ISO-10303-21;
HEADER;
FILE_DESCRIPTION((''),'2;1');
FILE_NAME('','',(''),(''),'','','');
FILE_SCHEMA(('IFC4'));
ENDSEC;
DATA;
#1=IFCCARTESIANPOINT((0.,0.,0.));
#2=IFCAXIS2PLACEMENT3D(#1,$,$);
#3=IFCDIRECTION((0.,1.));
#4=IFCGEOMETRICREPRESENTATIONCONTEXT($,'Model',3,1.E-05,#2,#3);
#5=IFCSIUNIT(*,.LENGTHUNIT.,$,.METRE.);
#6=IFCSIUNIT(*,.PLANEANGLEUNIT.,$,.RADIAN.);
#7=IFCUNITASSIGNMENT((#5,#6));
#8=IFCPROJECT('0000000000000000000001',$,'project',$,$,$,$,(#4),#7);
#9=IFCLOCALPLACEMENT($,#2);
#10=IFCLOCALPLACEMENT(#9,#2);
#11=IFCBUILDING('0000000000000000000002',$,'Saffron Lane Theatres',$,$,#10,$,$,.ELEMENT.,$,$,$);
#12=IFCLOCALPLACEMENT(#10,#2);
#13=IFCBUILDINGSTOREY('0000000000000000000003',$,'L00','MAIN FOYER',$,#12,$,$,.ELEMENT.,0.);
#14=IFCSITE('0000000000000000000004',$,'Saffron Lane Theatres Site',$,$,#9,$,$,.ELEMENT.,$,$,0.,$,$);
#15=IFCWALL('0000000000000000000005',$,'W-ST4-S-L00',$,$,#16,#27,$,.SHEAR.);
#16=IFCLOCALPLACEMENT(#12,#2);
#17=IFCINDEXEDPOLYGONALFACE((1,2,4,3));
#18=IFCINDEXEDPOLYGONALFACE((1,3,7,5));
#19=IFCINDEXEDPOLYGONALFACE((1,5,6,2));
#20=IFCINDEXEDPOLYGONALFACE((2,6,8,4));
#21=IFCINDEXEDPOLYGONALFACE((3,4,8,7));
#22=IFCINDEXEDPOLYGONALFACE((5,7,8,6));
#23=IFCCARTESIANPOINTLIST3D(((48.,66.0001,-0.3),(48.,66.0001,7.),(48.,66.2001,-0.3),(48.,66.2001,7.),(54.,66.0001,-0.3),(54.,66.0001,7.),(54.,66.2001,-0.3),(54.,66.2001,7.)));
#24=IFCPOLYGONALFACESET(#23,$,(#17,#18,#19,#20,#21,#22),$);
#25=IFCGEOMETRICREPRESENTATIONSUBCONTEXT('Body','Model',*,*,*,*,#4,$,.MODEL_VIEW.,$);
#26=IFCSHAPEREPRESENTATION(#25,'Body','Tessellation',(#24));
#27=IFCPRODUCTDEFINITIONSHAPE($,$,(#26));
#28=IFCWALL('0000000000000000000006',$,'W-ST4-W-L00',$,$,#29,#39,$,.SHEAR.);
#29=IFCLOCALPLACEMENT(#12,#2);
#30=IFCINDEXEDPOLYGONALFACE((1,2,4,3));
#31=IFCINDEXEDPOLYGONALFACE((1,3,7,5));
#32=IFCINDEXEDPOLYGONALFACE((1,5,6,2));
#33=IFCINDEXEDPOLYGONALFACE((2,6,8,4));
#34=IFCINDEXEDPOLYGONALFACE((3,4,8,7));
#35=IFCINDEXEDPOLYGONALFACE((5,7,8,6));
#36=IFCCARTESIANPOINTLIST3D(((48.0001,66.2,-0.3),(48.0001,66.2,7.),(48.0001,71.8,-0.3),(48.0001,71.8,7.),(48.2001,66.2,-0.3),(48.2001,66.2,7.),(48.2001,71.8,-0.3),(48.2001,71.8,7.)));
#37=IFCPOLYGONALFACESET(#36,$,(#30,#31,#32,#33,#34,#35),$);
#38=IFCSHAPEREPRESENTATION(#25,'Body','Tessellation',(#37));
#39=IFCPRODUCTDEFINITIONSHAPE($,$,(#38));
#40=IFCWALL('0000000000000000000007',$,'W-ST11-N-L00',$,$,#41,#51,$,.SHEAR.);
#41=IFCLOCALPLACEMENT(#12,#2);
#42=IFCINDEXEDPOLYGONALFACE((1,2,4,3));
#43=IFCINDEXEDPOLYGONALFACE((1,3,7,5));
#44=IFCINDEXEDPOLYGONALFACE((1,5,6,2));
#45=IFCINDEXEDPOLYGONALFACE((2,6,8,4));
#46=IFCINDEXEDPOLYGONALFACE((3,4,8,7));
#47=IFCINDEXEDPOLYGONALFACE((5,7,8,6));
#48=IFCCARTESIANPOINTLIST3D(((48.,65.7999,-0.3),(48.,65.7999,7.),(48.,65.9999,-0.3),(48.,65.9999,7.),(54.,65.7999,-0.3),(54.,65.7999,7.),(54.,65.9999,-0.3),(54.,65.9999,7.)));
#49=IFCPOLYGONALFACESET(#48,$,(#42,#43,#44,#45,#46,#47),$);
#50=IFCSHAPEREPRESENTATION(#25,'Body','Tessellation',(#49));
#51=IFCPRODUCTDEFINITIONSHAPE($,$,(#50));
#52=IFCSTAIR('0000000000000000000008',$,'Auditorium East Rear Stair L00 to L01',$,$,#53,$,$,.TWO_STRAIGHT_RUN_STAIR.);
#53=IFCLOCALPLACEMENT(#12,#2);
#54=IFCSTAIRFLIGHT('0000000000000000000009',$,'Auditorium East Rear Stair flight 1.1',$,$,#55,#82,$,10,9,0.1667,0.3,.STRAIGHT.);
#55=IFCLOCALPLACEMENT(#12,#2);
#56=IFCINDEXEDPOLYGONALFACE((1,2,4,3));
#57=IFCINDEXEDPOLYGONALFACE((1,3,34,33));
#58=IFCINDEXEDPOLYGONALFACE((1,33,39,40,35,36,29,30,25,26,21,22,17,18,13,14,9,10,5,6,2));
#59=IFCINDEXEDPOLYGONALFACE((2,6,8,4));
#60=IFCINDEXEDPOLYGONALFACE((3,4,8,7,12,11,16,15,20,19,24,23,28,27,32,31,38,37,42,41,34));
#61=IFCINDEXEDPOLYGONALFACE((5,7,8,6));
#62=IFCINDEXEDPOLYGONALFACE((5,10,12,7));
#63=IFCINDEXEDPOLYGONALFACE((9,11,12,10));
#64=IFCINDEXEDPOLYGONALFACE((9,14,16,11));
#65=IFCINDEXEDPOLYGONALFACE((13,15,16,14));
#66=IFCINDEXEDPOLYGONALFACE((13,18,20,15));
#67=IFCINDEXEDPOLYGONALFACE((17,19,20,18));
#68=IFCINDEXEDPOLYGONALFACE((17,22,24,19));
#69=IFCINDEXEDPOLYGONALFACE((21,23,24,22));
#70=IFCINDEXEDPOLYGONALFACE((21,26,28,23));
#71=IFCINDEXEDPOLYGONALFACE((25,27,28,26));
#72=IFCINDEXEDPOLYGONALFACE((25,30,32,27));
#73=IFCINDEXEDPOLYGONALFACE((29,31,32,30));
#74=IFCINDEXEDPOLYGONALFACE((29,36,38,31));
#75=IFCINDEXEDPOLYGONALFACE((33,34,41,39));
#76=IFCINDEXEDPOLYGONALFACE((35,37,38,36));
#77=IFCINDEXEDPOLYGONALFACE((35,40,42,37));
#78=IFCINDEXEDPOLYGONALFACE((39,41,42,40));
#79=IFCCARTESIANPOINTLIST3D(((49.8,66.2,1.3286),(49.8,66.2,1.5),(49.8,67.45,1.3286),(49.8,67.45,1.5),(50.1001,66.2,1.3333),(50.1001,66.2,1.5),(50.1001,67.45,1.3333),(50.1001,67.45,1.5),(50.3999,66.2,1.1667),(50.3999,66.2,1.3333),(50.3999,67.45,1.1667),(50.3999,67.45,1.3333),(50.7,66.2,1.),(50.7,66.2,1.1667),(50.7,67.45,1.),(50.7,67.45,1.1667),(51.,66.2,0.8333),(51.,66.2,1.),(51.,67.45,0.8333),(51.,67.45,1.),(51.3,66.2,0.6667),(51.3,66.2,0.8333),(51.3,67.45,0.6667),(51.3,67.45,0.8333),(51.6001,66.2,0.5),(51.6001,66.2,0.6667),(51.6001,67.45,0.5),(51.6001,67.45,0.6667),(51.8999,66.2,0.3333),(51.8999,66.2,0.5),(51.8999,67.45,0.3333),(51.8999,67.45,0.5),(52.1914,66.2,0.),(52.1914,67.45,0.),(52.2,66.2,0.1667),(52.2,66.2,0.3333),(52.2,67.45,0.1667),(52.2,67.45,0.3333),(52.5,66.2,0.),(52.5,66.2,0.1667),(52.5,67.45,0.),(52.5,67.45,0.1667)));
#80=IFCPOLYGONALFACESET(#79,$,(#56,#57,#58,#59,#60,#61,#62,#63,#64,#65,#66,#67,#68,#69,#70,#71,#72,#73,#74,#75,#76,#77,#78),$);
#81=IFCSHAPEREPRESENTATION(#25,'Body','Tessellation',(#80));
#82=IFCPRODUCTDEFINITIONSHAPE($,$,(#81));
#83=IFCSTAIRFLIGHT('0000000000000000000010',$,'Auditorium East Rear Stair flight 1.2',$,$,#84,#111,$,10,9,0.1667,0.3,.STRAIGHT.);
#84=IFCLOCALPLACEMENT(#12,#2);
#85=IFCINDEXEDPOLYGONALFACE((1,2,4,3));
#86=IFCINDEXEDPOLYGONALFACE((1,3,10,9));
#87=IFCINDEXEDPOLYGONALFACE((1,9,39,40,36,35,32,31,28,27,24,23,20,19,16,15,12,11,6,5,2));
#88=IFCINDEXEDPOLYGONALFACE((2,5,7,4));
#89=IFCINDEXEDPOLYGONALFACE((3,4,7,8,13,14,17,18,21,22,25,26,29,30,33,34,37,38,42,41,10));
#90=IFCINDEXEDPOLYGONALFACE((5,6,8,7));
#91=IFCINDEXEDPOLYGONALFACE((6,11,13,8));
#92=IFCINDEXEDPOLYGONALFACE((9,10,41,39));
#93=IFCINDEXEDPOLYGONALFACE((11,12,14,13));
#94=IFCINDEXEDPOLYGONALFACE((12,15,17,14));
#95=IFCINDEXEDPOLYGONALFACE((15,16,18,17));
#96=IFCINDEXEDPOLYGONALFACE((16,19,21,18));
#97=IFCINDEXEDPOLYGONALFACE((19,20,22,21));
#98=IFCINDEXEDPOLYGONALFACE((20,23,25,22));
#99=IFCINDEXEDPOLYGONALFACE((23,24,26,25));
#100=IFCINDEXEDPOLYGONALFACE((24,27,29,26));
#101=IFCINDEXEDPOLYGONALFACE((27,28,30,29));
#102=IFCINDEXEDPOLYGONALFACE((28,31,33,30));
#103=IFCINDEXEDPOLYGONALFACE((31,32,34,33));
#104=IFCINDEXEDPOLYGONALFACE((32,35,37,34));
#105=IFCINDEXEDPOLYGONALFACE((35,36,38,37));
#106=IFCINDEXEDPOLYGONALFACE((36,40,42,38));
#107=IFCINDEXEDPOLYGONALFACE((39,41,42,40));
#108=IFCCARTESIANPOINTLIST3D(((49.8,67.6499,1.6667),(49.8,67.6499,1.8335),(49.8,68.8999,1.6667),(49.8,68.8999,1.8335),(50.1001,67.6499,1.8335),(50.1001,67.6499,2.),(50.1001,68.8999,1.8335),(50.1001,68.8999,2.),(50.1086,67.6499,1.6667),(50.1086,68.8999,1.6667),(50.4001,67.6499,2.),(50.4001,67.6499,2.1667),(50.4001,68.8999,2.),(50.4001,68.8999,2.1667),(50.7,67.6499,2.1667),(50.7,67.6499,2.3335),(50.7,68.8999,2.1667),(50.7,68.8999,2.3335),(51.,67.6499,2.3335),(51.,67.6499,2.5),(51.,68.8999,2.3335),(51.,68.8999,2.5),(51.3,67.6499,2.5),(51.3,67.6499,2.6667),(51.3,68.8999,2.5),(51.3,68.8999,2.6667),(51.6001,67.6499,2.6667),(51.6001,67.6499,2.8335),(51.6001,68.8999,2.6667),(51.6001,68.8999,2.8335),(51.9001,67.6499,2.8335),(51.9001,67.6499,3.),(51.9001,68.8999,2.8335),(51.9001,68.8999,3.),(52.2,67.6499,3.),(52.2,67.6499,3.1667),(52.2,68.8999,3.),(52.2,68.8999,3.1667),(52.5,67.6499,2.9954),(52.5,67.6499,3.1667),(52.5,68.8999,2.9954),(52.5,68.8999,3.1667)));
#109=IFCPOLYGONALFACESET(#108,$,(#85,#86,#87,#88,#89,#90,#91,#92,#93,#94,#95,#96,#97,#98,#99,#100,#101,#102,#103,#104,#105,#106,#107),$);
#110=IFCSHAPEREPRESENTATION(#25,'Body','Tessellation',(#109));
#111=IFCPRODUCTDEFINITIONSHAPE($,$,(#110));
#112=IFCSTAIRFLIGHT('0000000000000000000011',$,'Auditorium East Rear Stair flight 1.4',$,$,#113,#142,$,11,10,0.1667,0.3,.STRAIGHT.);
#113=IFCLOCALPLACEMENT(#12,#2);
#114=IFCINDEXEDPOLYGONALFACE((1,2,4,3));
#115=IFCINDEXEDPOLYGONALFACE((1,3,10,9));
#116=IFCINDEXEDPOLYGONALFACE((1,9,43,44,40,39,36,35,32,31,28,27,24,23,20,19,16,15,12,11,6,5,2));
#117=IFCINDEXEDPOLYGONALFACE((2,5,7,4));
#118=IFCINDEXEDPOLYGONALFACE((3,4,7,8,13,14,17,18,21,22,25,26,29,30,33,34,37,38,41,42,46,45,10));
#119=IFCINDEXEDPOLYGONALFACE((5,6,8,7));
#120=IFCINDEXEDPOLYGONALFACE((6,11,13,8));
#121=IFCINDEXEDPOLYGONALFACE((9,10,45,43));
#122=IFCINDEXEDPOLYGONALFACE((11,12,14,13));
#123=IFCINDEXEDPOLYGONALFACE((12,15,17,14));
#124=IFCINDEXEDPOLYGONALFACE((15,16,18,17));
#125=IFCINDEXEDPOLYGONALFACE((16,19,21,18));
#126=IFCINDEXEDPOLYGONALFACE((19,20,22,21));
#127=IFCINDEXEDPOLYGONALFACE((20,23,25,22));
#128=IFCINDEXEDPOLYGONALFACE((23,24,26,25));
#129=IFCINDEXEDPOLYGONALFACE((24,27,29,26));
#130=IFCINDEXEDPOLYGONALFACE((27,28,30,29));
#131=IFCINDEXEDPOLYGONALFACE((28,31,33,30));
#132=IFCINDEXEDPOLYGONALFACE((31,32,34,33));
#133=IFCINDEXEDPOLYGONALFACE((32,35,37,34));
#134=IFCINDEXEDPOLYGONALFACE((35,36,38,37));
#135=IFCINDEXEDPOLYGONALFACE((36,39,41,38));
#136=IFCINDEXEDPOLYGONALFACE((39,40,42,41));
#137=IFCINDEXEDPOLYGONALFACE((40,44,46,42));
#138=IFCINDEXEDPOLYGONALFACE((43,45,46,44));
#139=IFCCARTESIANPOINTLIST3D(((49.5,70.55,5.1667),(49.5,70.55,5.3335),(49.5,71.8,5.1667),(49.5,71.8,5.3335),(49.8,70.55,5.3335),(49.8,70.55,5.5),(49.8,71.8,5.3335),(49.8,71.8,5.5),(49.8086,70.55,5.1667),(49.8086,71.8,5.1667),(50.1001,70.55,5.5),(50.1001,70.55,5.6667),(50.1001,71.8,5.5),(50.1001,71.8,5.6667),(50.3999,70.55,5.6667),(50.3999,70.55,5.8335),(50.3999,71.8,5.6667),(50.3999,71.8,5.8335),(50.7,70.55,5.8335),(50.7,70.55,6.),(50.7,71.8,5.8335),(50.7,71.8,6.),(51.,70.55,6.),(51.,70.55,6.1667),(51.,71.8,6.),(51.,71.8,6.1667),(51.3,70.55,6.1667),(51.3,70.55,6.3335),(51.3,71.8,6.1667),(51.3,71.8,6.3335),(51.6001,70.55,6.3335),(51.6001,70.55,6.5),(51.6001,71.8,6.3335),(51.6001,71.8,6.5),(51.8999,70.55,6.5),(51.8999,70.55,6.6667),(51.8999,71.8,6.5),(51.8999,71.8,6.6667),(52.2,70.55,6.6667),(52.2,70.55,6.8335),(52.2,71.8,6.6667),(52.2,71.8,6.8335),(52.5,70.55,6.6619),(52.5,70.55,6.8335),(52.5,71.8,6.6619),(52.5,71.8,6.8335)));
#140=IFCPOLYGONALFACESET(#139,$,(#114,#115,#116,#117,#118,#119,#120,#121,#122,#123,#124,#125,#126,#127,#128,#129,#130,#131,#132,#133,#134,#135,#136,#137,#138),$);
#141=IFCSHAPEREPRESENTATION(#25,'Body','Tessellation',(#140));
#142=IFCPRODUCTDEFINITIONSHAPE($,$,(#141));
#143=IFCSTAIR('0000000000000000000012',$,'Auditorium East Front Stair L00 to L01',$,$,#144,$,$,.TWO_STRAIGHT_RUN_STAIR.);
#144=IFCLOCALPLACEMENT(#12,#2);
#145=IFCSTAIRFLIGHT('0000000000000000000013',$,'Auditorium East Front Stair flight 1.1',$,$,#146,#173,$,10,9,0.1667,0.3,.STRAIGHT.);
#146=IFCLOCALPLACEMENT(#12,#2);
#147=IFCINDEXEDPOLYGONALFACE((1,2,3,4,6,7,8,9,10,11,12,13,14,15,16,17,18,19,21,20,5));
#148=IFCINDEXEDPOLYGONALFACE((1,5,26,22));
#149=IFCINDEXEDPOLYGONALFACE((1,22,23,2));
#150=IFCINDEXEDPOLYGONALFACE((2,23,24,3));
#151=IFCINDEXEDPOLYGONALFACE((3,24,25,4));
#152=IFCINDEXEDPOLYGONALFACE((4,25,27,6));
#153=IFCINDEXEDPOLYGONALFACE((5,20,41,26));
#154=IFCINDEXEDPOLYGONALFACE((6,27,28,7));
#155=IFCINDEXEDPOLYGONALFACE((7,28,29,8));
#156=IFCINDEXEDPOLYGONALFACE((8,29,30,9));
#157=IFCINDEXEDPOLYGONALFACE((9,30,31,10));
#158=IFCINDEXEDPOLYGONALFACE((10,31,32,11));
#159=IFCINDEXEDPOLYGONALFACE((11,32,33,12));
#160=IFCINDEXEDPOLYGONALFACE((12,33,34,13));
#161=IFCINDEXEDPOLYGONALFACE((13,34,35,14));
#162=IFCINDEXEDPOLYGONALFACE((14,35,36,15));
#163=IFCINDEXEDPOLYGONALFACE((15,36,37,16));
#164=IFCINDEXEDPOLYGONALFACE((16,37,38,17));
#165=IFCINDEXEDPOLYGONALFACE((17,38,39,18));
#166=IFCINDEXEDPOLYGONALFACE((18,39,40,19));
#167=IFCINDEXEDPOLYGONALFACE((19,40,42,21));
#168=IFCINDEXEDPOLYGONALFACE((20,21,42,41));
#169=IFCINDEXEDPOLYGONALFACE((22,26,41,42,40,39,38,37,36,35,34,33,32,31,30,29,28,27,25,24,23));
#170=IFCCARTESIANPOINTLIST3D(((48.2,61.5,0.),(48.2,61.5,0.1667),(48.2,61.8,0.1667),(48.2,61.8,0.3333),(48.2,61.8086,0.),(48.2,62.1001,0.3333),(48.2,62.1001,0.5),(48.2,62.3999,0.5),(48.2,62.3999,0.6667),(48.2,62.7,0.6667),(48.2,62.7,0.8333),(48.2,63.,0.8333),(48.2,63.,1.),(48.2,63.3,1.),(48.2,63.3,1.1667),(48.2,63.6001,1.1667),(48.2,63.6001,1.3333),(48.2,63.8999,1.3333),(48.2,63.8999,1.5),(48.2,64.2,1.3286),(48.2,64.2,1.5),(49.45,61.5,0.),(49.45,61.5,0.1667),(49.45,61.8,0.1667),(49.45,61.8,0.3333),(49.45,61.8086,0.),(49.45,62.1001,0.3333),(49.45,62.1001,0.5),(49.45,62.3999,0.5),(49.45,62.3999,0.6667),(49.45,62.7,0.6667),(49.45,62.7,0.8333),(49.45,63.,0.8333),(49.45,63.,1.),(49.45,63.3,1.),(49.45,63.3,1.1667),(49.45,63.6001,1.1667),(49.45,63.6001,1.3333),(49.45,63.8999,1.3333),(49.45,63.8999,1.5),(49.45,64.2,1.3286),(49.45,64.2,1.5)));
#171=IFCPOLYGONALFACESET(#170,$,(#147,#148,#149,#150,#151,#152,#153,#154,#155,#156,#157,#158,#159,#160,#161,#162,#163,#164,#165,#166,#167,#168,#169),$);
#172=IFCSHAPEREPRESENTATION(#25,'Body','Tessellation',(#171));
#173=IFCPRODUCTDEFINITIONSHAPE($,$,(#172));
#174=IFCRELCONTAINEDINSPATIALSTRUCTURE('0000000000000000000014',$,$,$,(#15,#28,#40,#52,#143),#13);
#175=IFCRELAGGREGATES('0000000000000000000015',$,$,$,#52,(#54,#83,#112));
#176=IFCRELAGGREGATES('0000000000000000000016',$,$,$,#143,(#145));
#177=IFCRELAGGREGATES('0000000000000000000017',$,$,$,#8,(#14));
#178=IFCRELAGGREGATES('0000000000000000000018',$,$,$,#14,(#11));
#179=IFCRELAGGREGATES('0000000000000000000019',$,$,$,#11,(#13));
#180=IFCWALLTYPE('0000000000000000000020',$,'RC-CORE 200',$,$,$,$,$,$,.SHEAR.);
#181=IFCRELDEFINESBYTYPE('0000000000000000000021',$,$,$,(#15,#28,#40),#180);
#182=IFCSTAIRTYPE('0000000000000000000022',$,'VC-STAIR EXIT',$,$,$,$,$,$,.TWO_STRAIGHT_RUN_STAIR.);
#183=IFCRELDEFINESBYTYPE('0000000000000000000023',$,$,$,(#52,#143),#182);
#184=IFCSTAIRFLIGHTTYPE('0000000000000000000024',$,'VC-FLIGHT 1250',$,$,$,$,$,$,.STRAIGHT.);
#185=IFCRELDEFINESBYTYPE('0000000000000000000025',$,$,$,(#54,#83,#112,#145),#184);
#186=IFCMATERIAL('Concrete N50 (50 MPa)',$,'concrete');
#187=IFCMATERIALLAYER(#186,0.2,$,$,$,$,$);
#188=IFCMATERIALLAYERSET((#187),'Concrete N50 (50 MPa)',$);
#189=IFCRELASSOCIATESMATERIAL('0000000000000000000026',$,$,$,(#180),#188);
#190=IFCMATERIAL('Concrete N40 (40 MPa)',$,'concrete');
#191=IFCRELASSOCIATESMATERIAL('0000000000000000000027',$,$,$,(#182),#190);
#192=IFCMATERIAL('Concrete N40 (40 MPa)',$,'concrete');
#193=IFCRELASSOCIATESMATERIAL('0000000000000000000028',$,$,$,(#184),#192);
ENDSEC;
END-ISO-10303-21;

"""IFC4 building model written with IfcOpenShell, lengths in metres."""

from ifc_helpers import new_model, si_unit, direction, frame, frame_2d, origin, place, context, subcontext, project, spatial, polyline, rectangle, outline, extrude, material, layer, layer_set, type_object, element, aggregate, save


model = new_model("IFC4")

# Units and contexts
model_context = context("Model", 3, precision=1e-05, world=origin(), true_north=direction((0.0, 1.0)))
body_context = subcontext(model_context, "Body", "Model", "MODEL_VIEW")
ifc_project = project(units=[si_unit("LENGTHUNIT", "METRE"), si_unit("PLANEANGLEUNIT", "RADIAN")], contexts=[model_context])

# Site, building, storey
site_placement = place(None, origin())
site = spatial("IfcSite", under=ifc_project, at=site_placement, Name="Saffron Lane Theatres Site", CompositionType="ELEMENT", RefElevation=0.0)
building_placement = place(site_placement, origin())
building = spatial("IfcBuilding", under=site, at=building_placement, Name="Saffron Lane Theatres", CompositionType="ELEMENT")
storey_placement = place(building_placement, origin())
storey = spatial("IfcBuildingStorey", under=building, at=storey_placement, Name="L00", Description="MAIN FOYER", CompositionType="ELEMENT", Elevation=0.0)

# Shared definitions
ifc_material_1 = material(Name="Concrete N50 (50 MPa)", Category="concrete")
ifc_layer = layer(ifc_material_1, 0.2)
ifc_layer_set = layer_set([ifc_layer], Name="Concrete N50 (50 MPa)")
wall_type = type_object("IfcWallType", Name="RC-CORE 200", PredefinedType="SHEAR", material=ifc_layer_set)

# Walls
wall_1_placement = place(storey_placement, frame((48.0, 66.1001, -0.3), z_axis=(0.0, 0.0, 1.0), x_axis=(1.0, 0.0, 0.0)))
element("IfcWall", 1, at=wall_1_placement, inside=storey, type_object=wall_type, Name="W-ST4-S-L00", PredefinedType="SHEAR", context=body_context, shape_type="SweptSolid", body=[
    extrude(rectangle(XDim=6.0, YDim=0.2, at=frame_2d((3.0, 0.0))), origin(), (0.0, 0.0, 1.0), 7.3),
])
wall_2_placement = place(storey_placement, frame((48.1001, 66.2, -0.3), z_axis=(0.0, 0.0, 1.0), x_axis=(0.0, 1.0, 0.0)))
element("IfcWall", 2, at=wall_2_placement, inside=storey, type_object=wall_type, Name="W-ST4-W-L00", PredefinedType="SHEAR", context=body_context, shape_type="SweptSolid", body=[
    extrude(rectangle(XDim=5.6001, YDim=0.2, at=frame_2d((2.8, 0.0))), origin(), (0.0, 0.0, 1.0), 7.3),
])
wall_3_placement = place(storey_placement, frame((48.0, 65.8999, -0.3), z_axis=(0.0, 0.0, 1.0), x_axis=(1.0, 0.0, 0.0)))
element("IfcWall", 3, at=wall_3_placement, inside=storey, type_object=wall_type, Name="W-ST11-N-L00", PredefinedType="SHEAR", context=body_context, shape_type="SweptSolid", body=[
    extrude(rectangle(XDim=6.0, YDim=0.2, at=frame_2d((3.0, 0.0))), origin(), (0.0, 0.0, 1.0), 7.3),
])

# Stairs, stair flights
ifc_material_2 = material(Name="Concrete N40 (40 MPa)", Category="concrete")
stair_type = type_object("IfcStairType", Name="VC-STAIR EXIT", PredefinedType="TWO_STRAIGHT_RUN_STAIR", material=ifc_material_2)
stair_1_placement = place(storey_placement, origin())
stair_1 = element("IfcStair", 4, at=stair_1_placement, inside=storey, type_object=stair_type, Name="Auditorium East Rear Stair L00 to L01", PredefinedType="TWO_STRAIGHT_RUN_STAIR")
ifc_material_3 = material(Name="Concrete N40 (40 MPa)", Category="concrete")
stair_flight_type = type_object("IfcStairFlightType", Name="VC-FLIGHT 1250", PredefinedType="STRAIGHT", material=ifc_material_3)
stair_flight_1_placement = place(storey_placement, frame((52.5, 66.825, 0.0), z_axis=(0.0, 0.0, 1.0), x_axis=(-1.0, 0.0, 0.0)))
stair_flight_1 = element("IfcStairFlight", 5, at=stair_flight_1_placement, type_object=stair_flight_type, Name="Auditorium East Rear Stair flight 1.1", NumberOfRisers=10, NumberOfTreads=9, PredefinedType="STRAIGHT", RiserHeight=0.1667, TreadLength=0.3, context=body_context, shape_type="SweptSolid", body=[
    extrude(outline(polyline([(0.0, 0.0), (0.0, 0.1667), (0.3, 0.1667), (0.3, 0.3333), (0.6001, 0.3333), (0.6001, 0.5), (0.8999, 0.5), (0.8999, 0.6667), (1.2, 0.6667), (1.2, 0.8333), (1.5, 0.8333), (1.5, 1.0), (1.8, 1.0), (1.8, 1.1667), (2.1001, 1.1667), (2.1001, 1.3333), (2.3999, 1.3333), (2.3999, 1.5), (2.7, 1.5), (2.7, 1.6667), (2.7, 1.3286), (0.3086, 0.0), (0.0, 0.0)])), frame((0.0, 0.625, 0.0), z_axis=(0.0, -1.0, 0.0), x_axis=(1.0, 0.0, 0.0)), (0.0, 0.0, 1.0), 1.25),
])
stair_flight_2_placement = place(storey_placement, frame((49.8, 68.2749, 1.6667), z_axis=(0.0, 0.0, 1.0), x_axis=(1.0, 0.0, 0.0)))
stair_flight_2 = element("IfcStairFlight", 6, at=stair_flight_2_placement, type_object=stair_flight_type, Name="Auditorium East Rear Stair flight 1.2", NumberOfRisers=10, NumberOfTreads=9, PredefinedType="STRAIGHT", RiserHeight=0.1667, TreadLength=0.3, context=body_context, shape_type="SweptSolid", body=[
    extrude(outline(polyline([(0.0, 0.0), (0.0, 0.1667), (0.3, 0.1667), (0.3, 0.3333), (0.6001, 0.3333), (0.6001, 0.5), (0.8999, 0.5), (0.8999, 0.6667), (1.2, 0.6667), (1.2, 0.8333), (1.5, 0.8333), (1.5, 1.0), (1.8, 1.0), (1.8, 1.1667), (2.1001, 1.1667), (2.1001, 1.3333), (2.3999, 1.3333), (2.3999, 1.5), (2.7, 1.5), (2.7, 1.6667), (2.7, 1.3286), (0.3086, 0.0), (0.0, 0.0)])), frame((0.0, 0.625, 0.0), z_axis=(0.0, -1.0, 0.0), x_axis=(1.0, 0.0, 0.0)), (0.0, 0.0, 1.0), 1.25),
])
stair_flight_3_placement = place(storey_placement, frame((49.5, 71.175, 5.1667), z_axis=(0.0, 0.0, 1.0), x_axis=(1.0, 0.0, 0.0)))
stair_flight_3 = element("IfcStairFlight", 7, at=stair_flight_3_placement, type_object=stair_flight_type, Name="Auditorium East Rear Stair flight 1.4", NumberOfRisers=11, NumberOfTreads=10, PredefinedType="STRAIGHT", RiserHeight=0.1667, TreadLength=0.3, context=body_context, shape_type="SweptSolid", body=[
    extrude(outline(polyline([(0.0, 0.0), (0.0, 0.1667), (0.3, 0.1667), (0.3, 0.3333), (0.6001, 0.3333), (0.6001, 0.5), (0.8999, 0.5), (0.8999, 0.6667), (1.2, 0.6667), (1.2, 0.8333), (1.5, 0.8333), (1.5, 1.0), (1.8, 1.0), (1.8, 1.1667), (2.1001, 1.1667), (2.1001, 1.3333), (2.3999, 1.3333), (2.3999, 1.5), (2.7, 1.5), (2.7, 1.6667), (3.0, 1.6667), (3.0, 1.8333), (3.0, 1.4951), (0.3086, 0.0), (0.0, 0.0)])), frame((0.0, 0.625, 0.0), z_axis=(0.0, -1.0, 0.0), x_axis=(1.0, 0.0, 0.0)), (0.0, 0.0, 1.0), 1.25),
])
aggregate(stair_1, [stair_flight_1, stair_flight_2, stair_flight_3])
stair_2_placement = place(storey_placement, origin())
stair_2 = element("IfcStair", 8, at=stair_2_placement, inside=storey, type_object=stair_type, Name="Auditorium East Front Stair L00 to L01", PredefinedType="TWO_STRAIGHT_RUN_STAIR")
stair_flight_4_placement = place(storey_placement, frame((48.825, 61.5, 0.0), z_axis=(0.0, 0.0, 1.0), x_axis=(0.0, 1.0, 0.0)))
stair_flight_4 = element("IfcStairFlight", 9, at=stair_flight_4_placement, type_object=stair_flight_type, Name="Auditorium East Front Stair flight 1.1", NumberOfRisers=10, NumberOfTreads=9, PredefinedType="STRAIGHT", RiserHeight=0.1667, TreadLength=0.3, context=body_context, shape_type="SweptSolid", body=[
    extrude(outline(polyline([(0.0, 0.0), (0.0, 0.1667), (0.3, 0.1667), (0.3, 0.3333), (0.6001, 0.3333), (0.6001, 0.5), (0.8999, 0.5), (0.8999, 0.6667), (1.2, 0.6667), (1.2, 0.8333), (1.5, 0.8333), (1.5, 1.0), (1.8, 1.0), (1.8, 1.1667), (2.1001, 1.1667), (2.1001, 1.3333), (2.3999, 1.3333), (2.3999, 1.5), (2.7, 1.5), (2.7, 1.6667), (2.7, 1.3286), (0.3086, 0.0), (0.0, 0.0)])), frame((0.0, 0.625, 0.0), z_axis=(0.0, -1.0, 0.0), x_axis=(1.0, 0.0, 0.0)), (0.0, 0.0, 1.0), 1.25),
])
aggregate(stair_2, [stair_flight_4])

save(model, "model.ifc")
